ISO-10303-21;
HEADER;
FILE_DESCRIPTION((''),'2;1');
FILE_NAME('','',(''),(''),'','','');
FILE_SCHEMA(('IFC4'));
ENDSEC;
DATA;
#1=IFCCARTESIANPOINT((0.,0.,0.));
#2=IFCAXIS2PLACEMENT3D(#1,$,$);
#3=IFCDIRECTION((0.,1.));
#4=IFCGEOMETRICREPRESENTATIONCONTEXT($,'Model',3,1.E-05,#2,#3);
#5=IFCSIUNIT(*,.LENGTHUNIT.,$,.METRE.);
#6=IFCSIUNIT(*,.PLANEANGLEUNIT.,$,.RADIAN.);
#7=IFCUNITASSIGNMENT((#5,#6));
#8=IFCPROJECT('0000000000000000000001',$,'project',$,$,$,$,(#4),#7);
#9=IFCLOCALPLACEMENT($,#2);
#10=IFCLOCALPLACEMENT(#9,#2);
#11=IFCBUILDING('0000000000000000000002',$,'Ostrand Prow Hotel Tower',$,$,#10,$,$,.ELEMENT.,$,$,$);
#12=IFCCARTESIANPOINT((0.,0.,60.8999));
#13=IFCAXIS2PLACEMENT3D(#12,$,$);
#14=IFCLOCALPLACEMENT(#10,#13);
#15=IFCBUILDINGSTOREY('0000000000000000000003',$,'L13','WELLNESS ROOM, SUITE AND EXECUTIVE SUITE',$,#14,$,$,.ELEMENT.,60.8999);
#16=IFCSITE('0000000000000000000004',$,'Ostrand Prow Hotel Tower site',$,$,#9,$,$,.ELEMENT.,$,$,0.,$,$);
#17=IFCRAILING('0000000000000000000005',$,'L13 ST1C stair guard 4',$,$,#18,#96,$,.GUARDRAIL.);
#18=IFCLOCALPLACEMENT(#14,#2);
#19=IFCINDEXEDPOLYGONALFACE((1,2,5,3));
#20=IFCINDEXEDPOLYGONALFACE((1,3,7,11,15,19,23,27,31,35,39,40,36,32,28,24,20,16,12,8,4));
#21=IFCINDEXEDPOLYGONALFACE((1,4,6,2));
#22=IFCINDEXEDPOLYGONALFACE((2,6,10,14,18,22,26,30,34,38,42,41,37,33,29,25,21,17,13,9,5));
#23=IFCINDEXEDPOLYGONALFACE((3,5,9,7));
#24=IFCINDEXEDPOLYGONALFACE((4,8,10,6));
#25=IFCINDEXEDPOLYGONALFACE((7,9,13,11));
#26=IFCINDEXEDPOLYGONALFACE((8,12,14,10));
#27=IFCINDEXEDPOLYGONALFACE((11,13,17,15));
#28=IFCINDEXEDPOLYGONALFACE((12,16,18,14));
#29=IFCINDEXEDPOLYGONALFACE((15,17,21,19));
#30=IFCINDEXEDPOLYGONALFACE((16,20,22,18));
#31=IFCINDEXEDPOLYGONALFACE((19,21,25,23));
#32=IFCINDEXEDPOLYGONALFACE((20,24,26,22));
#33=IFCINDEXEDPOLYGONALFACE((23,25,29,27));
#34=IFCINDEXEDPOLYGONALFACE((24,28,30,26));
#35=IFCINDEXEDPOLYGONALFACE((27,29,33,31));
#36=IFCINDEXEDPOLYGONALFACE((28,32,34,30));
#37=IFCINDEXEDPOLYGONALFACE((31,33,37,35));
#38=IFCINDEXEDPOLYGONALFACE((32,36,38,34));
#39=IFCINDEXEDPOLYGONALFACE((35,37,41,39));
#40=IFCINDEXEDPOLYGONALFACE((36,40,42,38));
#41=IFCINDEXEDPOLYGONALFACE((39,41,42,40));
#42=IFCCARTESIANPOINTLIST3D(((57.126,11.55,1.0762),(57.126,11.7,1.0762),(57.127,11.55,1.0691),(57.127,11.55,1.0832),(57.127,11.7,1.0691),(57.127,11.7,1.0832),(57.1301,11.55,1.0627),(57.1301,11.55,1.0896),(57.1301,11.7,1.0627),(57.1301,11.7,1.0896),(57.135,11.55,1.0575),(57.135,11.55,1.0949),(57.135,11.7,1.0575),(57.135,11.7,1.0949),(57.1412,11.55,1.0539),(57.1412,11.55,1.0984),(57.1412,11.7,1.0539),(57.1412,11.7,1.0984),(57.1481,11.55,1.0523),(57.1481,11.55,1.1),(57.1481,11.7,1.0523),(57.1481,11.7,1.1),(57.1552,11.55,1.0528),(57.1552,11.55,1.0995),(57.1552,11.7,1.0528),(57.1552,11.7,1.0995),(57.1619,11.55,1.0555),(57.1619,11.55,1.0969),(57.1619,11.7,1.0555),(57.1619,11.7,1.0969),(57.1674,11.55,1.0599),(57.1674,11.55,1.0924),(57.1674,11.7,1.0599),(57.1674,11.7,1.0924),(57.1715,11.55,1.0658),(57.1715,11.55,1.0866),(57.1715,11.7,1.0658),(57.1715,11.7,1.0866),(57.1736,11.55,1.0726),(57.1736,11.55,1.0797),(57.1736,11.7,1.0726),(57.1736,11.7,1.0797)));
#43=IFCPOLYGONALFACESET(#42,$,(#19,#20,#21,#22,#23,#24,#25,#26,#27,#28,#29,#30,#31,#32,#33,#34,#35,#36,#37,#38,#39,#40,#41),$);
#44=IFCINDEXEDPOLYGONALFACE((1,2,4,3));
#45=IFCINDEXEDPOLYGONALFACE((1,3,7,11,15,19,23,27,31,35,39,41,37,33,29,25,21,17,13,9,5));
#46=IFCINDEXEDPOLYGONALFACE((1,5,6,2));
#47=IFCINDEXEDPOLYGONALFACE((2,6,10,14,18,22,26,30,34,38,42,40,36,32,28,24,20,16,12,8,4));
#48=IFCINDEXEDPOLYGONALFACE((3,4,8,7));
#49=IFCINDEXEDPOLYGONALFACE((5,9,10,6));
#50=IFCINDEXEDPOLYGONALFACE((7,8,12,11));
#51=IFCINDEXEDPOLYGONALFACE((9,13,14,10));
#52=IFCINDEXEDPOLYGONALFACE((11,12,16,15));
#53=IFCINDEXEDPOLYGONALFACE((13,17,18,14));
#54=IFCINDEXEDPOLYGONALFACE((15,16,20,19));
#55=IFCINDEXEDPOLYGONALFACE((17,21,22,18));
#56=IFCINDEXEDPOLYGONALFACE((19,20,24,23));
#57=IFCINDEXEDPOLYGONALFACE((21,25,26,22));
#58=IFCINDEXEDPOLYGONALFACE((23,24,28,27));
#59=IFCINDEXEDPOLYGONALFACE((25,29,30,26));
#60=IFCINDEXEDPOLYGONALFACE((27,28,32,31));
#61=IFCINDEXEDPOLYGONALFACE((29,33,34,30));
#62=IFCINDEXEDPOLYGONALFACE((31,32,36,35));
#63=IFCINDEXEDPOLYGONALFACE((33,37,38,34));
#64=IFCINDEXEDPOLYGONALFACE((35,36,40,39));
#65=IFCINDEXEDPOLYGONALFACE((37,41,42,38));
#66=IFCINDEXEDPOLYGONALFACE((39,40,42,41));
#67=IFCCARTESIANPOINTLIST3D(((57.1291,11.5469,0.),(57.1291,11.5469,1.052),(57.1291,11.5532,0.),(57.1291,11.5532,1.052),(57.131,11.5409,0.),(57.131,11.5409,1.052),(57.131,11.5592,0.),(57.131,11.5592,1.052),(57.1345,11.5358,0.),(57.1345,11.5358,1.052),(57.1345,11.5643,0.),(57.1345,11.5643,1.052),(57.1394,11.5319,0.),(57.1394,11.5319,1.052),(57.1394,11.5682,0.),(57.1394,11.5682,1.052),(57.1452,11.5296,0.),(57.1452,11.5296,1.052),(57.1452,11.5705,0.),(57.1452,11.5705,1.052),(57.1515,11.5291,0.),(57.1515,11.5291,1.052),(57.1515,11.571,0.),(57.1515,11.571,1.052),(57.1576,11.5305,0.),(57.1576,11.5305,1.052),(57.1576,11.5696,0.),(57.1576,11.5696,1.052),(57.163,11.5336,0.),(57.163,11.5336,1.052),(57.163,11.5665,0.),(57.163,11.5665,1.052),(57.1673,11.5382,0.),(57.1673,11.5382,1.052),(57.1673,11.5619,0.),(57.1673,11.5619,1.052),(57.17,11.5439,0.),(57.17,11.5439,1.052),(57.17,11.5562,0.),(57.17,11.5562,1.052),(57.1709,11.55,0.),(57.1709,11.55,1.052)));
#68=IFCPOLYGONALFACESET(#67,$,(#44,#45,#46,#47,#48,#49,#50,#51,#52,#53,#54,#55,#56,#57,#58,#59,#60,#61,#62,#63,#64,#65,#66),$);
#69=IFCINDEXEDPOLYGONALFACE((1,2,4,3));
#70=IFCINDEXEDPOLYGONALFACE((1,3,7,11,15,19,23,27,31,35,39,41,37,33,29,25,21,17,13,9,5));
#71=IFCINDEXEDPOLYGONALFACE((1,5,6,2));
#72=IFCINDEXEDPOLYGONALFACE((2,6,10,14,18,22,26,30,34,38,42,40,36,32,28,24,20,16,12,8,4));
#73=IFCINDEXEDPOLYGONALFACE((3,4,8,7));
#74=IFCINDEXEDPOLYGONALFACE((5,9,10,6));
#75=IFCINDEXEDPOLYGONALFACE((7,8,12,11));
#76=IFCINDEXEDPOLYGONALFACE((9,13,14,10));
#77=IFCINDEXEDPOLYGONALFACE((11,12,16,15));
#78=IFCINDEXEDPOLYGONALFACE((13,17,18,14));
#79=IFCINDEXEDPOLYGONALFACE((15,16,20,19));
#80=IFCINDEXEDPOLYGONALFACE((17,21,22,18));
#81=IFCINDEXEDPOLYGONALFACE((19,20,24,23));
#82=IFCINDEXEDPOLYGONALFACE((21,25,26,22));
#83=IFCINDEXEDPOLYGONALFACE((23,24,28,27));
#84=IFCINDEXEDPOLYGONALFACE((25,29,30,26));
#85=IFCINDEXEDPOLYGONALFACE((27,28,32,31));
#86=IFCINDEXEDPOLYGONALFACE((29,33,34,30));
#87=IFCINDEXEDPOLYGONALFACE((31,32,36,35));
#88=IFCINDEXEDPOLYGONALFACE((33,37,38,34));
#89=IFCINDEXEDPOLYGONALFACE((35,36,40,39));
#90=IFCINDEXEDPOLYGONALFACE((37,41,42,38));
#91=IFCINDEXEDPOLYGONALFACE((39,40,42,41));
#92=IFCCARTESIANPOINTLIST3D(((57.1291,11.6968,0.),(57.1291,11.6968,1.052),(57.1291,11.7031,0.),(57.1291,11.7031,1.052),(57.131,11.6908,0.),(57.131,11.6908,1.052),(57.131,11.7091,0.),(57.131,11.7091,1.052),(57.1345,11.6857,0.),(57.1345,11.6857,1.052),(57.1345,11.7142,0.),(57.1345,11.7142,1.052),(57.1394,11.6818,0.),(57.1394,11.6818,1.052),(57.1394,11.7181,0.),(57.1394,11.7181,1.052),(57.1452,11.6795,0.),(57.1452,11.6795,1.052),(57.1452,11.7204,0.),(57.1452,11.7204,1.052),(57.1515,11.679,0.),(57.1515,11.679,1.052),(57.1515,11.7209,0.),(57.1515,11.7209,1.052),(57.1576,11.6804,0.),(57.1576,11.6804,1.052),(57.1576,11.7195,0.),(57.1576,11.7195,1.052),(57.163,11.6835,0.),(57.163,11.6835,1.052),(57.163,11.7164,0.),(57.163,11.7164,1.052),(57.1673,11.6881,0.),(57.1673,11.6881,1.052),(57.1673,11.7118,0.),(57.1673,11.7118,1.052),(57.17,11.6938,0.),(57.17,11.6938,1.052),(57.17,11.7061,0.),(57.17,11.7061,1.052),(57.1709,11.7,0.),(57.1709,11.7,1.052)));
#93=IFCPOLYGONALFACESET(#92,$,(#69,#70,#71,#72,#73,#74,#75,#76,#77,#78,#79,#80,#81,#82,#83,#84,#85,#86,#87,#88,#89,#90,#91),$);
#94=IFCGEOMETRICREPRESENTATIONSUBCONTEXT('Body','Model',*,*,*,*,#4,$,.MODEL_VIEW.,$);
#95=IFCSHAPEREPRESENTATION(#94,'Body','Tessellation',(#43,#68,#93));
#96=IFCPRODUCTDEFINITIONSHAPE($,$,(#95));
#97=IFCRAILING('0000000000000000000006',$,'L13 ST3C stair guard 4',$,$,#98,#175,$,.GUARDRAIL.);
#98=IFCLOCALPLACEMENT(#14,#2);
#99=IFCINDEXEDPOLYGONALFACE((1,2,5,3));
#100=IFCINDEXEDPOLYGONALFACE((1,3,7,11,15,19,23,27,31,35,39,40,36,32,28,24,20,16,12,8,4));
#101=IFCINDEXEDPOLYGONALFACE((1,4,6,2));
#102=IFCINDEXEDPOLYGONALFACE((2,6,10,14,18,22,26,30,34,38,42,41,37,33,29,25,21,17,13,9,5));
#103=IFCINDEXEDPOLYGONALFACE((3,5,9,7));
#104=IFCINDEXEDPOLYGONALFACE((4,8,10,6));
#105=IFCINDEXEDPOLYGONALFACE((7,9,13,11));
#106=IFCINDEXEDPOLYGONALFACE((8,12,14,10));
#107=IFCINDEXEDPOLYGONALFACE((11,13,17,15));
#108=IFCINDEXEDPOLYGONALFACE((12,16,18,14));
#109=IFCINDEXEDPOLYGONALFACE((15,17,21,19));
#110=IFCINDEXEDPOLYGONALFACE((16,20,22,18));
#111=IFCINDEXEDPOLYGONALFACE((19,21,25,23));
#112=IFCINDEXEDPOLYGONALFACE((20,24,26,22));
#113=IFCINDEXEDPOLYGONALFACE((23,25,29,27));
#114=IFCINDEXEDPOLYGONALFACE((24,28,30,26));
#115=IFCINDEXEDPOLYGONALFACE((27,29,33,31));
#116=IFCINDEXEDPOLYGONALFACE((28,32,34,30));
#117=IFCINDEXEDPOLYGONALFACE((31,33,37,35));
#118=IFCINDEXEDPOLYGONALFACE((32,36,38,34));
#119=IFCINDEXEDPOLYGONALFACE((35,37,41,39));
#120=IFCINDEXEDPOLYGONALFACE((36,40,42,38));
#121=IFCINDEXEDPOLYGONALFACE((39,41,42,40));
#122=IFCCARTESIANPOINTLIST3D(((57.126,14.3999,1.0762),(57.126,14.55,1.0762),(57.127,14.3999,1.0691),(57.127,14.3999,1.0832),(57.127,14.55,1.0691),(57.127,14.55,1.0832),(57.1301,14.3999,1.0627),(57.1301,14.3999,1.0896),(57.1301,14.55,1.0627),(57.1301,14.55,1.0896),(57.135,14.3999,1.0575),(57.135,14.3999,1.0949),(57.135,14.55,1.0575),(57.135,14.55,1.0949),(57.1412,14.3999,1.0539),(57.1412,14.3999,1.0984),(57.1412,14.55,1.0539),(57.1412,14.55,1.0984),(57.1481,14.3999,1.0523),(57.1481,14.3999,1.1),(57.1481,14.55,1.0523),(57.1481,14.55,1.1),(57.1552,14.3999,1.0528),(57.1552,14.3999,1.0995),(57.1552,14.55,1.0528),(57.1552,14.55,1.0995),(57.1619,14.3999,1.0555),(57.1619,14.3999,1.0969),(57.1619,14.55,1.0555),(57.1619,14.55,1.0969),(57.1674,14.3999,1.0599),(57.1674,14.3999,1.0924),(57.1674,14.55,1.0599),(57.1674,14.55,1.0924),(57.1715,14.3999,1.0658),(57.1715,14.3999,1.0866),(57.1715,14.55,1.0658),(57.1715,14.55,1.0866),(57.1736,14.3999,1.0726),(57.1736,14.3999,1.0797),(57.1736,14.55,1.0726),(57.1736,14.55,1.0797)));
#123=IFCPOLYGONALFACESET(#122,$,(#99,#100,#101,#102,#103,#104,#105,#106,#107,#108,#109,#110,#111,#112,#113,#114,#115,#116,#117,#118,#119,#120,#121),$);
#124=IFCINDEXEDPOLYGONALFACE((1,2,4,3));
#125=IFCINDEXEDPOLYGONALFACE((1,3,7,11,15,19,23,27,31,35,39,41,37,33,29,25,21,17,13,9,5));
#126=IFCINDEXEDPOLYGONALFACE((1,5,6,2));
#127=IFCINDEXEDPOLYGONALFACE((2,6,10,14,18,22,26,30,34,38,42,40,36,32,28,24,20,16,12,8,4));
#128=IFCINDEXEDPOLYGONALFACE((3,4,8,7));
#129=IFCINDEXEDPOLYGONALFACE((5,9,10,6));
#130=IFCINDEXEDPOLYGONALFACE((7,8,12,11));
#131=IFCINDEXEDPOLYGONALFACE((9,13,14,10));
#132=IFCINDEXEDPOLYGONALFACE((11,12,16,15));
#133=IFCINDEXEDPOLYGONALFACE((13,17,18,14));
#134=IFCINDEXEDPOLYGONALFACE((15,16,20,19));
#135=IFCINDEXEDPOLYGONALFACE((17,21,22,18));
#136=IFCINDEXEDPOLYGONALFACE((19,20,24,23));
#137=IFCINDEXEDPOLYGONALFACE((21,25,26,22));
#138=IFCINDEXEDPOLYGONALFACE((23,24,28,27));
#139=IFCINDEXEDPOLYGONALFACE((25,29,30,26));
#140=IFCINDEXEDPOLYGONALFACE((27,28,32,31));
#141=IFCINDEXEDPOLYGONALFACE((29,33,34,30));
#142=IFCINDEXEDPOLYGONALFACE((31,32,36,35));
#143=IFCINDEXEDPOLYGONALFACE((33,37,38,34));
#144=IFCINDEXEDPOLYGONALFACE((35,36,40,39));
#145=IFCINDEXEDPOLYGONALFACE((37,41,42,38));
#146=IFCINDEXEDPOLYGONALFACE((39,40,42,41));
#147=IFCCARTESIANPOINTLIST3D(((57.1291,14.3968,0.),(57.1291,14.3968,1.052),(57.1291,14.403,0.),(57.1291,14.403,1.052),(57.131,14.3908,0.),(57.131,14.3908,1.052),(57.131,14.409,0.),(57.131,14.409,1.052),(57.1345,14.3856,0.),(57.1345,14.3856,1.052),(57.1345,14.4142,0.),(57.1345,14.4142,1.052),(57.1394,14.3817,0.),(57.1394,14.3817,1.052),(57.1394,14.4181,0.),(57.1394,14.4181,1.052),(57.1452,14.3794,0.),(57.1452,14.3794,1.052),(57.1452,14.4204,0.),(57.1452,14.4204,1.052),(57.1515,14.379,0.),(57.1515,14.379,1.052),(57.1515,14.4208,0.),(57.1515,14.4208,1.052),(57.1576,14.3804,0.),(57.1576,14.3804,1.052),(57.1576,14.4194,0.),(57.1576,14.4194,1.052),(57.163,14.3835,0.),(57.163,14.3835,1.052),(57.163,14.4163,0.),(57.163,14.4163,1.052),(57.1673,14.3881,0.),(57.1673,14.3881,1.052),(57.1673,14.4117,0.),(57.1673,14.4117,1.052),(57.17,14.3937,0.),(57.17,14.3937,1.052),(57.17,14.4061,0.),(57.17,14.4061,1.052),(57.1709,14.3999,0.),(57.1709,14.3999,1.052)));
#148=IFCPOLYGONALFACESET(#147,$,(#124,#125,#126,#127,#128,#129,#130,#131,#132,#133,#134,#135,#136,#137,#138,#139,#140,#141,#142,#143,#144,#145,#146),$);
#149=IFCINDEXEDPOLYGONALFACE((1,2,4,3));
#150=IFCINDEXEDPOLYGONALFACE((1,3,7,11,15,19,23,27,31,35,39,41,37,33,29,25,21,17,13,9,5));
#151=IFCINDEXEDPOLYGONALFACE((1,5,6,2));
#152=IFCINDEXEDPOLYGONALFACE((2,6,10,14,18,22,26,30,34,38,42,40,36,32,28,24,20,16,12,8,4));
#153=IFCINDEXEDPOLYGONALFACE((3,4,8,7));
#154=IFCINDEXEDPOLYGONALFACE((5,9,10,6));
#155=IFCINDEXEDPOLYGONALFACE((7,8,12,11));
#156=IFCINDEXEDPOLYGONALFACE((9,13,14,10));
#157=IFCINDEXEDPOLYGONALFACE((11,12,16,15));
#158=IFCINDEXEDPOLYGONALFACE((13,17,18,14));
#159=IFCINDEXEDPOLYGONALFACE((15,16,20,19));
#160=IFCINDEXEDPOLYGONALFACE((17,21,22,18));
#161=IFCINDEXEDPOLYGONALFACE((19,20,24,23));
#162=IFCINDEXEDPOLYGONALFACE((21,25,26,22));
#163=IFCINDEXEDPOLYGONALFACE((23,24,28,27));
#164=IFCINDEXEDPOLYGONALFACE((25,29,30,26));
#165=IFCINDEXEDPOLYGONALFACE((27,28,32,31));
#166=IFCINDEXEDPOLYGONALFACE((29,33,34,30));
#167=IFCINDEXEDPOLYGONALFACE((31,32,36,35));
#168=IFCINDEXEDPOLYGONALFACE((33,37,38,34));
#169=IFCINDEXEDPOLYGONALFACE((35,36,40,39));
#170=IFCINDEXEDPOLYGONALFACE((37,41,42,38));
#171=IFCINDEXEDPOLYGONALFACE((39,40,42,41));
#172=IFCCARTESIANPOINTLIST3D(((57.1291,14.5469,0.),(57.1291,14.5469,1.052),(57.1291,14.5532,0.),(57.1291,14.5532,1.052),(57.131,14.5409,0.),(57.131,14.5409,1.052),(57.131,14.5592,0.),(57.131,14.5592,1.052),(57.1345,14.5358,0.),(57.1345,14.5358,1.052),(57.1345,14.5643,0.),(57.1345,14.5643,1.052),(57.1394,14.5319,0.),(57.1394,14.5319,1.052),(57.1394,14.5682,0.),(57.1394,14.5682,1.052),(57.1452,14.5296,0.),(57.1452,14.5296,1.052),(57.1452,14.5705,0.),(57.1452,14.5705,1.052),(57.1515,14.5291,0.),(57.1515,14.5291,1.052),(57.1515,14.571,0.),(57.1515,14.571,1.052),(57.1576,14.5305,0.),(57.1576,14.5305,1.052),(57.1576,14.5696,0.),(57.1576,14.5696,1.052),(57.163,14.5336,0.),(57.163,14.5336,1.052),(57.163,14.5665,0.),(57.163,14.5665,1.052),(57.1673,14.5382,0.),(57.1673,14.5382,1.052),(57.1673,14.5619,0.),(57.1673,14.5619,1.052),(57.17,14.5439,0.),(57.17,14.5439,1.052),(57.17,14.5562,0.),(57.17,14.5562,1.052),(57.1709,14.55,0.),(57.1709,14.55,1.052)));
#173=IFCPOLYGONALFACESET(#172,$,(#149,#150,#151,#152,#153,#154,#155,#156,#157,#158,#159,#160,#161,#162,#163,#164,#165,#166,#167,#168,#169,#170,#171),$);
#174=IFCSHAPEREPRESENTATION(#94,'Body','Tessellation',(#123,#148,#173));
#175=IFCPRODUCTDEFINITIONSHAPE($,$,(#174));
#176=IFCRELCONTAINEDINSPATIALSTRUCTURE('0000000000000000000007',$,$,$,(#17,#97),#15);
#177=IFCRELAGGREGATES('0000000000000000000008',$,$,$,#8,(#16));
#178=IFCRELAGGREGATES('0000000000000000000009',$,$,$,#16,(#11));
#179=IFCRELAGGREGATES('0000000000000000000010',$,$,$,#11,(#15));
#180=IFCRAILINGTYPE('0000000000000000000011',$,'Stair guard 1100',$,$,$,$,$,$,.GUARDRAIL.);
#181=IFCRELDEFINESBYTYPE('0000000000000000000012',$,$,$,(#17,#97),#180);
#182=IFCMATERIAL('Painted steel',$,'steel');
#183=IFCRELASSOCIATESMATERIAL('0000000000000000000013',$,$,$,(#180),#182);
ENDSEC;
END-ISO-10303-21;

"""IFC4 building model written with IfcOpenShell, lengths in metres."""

from ifc_helpers import new_model, si_unit, direction, frame, origin, origin_2d, place, context, subcontext, project, spatial, circle, extrude, material, type_object, element, save


model = new_model("IFC4")

# Units and contexts
model_context = context("Model", 3, precision=1e-05, world=origin(), true_north=direction((0.0, 1.0)))
body_context = subcontext(model_context, "Body", "Model", "MODEL_VIEW")
ifc_project = project(units=[si_unit("LENGTHUNIT", "METRE"), si_unit("PLANEANGLEUNIT", "RADIAN")], contexts=[model_context])

# Site, building, storey
site_placement = place(None, origin())
site = spatial("IfcSite", under=ifc_project, at=site_placement, Name="Ostrand Prow Hotel Tower site", CompositionType="ELEMENT", RefElevation=0.0)
building_placement = place(site_placement, origin())
building = spatial("IfcBuilding", under=site, at=building_placement, Name="Ostrand Prow Hotel Tower", CompositionType="ELEMENT")
storey_placement = place(building_placement, frame((0.0, 0.0, 60.8999)))
storey = spatial("IfcBuildingStorey", under=building, at=storey_placement, Name="L13", Description="WELLNESS ROOM, SUITE AND EXECUTIVE SUITE", CompositionType="ELEMENT", Elevation=60.8999)

# Railings
ifc_material_1 = material(Name="Painted steel", Category="steel")
railing_type = type_object("IfcRailingType", Name="Stair guard 1100", PredefinedType="GUARDRAIL", material=ifc_material_1)
railing_1_placement = place(storey_placement, frame((57.1499, 11.55, 0.0)))
element("IfcRailing", 1, at=railing_1_placement, inside=storey, type_object=railing_type, Name="L13 ST1C stair guard 4", PredefinedType="GUARDRAIL", context=body_context, shape_type="SweptSolid", body=[
    extrude(circle(Radius=0.0239, at=origin_2d()), frame((0.0, 0.0, 1.0762), z_axis=(0.0, 1.0, 0.0), x_axis=(-1.0, 0.0, 0.0)), (0.0, 0.0, 1.0), 0.1499),
    extrude(circle(Radius=0.021, at=origin_2d()), origin(), (0.0, 0.0, 1.0), 1.052),
    extrude(circle(Radius=0.021, at=origin_2d()), frame((0.0, 0.1499, 0.0)), (0.0, 0.0, 1.0), 1.052),
])
railing_2_placement = place(storey_placement, frame((57.1499, 14.3999, 0.0)))
element("IfcRailing", 2, at=railing_2_placement, inside=storey, type_object=railing_type, Name="L13 ST3C stair guard 4", PredefinedType="GUARDRAIL", context=body_context, shape_type="SweptSolid", body=[
    extrude(circle(Radius=0.0239, at=origin_2d()), frame((0.0, 0.0, 1.0762), z_axis=(0.0, 1.0, 0.0), x_axis=(-1.0, 0.0, 0.0)), (0.0, 0.0, 1.0), 0.1501),
    extrude(circle(Radius=0.021, at=origin_2d()), origin(), (0.0, 0.0, 1.0), 1.052),
    extrude(circle(Radius=0.021, at=origin_2d()), frame((0.0, 0.1501, 0.0)), (0.0, 0.0, 1.0), 1.052),
])

save(model, "model.ifc")
